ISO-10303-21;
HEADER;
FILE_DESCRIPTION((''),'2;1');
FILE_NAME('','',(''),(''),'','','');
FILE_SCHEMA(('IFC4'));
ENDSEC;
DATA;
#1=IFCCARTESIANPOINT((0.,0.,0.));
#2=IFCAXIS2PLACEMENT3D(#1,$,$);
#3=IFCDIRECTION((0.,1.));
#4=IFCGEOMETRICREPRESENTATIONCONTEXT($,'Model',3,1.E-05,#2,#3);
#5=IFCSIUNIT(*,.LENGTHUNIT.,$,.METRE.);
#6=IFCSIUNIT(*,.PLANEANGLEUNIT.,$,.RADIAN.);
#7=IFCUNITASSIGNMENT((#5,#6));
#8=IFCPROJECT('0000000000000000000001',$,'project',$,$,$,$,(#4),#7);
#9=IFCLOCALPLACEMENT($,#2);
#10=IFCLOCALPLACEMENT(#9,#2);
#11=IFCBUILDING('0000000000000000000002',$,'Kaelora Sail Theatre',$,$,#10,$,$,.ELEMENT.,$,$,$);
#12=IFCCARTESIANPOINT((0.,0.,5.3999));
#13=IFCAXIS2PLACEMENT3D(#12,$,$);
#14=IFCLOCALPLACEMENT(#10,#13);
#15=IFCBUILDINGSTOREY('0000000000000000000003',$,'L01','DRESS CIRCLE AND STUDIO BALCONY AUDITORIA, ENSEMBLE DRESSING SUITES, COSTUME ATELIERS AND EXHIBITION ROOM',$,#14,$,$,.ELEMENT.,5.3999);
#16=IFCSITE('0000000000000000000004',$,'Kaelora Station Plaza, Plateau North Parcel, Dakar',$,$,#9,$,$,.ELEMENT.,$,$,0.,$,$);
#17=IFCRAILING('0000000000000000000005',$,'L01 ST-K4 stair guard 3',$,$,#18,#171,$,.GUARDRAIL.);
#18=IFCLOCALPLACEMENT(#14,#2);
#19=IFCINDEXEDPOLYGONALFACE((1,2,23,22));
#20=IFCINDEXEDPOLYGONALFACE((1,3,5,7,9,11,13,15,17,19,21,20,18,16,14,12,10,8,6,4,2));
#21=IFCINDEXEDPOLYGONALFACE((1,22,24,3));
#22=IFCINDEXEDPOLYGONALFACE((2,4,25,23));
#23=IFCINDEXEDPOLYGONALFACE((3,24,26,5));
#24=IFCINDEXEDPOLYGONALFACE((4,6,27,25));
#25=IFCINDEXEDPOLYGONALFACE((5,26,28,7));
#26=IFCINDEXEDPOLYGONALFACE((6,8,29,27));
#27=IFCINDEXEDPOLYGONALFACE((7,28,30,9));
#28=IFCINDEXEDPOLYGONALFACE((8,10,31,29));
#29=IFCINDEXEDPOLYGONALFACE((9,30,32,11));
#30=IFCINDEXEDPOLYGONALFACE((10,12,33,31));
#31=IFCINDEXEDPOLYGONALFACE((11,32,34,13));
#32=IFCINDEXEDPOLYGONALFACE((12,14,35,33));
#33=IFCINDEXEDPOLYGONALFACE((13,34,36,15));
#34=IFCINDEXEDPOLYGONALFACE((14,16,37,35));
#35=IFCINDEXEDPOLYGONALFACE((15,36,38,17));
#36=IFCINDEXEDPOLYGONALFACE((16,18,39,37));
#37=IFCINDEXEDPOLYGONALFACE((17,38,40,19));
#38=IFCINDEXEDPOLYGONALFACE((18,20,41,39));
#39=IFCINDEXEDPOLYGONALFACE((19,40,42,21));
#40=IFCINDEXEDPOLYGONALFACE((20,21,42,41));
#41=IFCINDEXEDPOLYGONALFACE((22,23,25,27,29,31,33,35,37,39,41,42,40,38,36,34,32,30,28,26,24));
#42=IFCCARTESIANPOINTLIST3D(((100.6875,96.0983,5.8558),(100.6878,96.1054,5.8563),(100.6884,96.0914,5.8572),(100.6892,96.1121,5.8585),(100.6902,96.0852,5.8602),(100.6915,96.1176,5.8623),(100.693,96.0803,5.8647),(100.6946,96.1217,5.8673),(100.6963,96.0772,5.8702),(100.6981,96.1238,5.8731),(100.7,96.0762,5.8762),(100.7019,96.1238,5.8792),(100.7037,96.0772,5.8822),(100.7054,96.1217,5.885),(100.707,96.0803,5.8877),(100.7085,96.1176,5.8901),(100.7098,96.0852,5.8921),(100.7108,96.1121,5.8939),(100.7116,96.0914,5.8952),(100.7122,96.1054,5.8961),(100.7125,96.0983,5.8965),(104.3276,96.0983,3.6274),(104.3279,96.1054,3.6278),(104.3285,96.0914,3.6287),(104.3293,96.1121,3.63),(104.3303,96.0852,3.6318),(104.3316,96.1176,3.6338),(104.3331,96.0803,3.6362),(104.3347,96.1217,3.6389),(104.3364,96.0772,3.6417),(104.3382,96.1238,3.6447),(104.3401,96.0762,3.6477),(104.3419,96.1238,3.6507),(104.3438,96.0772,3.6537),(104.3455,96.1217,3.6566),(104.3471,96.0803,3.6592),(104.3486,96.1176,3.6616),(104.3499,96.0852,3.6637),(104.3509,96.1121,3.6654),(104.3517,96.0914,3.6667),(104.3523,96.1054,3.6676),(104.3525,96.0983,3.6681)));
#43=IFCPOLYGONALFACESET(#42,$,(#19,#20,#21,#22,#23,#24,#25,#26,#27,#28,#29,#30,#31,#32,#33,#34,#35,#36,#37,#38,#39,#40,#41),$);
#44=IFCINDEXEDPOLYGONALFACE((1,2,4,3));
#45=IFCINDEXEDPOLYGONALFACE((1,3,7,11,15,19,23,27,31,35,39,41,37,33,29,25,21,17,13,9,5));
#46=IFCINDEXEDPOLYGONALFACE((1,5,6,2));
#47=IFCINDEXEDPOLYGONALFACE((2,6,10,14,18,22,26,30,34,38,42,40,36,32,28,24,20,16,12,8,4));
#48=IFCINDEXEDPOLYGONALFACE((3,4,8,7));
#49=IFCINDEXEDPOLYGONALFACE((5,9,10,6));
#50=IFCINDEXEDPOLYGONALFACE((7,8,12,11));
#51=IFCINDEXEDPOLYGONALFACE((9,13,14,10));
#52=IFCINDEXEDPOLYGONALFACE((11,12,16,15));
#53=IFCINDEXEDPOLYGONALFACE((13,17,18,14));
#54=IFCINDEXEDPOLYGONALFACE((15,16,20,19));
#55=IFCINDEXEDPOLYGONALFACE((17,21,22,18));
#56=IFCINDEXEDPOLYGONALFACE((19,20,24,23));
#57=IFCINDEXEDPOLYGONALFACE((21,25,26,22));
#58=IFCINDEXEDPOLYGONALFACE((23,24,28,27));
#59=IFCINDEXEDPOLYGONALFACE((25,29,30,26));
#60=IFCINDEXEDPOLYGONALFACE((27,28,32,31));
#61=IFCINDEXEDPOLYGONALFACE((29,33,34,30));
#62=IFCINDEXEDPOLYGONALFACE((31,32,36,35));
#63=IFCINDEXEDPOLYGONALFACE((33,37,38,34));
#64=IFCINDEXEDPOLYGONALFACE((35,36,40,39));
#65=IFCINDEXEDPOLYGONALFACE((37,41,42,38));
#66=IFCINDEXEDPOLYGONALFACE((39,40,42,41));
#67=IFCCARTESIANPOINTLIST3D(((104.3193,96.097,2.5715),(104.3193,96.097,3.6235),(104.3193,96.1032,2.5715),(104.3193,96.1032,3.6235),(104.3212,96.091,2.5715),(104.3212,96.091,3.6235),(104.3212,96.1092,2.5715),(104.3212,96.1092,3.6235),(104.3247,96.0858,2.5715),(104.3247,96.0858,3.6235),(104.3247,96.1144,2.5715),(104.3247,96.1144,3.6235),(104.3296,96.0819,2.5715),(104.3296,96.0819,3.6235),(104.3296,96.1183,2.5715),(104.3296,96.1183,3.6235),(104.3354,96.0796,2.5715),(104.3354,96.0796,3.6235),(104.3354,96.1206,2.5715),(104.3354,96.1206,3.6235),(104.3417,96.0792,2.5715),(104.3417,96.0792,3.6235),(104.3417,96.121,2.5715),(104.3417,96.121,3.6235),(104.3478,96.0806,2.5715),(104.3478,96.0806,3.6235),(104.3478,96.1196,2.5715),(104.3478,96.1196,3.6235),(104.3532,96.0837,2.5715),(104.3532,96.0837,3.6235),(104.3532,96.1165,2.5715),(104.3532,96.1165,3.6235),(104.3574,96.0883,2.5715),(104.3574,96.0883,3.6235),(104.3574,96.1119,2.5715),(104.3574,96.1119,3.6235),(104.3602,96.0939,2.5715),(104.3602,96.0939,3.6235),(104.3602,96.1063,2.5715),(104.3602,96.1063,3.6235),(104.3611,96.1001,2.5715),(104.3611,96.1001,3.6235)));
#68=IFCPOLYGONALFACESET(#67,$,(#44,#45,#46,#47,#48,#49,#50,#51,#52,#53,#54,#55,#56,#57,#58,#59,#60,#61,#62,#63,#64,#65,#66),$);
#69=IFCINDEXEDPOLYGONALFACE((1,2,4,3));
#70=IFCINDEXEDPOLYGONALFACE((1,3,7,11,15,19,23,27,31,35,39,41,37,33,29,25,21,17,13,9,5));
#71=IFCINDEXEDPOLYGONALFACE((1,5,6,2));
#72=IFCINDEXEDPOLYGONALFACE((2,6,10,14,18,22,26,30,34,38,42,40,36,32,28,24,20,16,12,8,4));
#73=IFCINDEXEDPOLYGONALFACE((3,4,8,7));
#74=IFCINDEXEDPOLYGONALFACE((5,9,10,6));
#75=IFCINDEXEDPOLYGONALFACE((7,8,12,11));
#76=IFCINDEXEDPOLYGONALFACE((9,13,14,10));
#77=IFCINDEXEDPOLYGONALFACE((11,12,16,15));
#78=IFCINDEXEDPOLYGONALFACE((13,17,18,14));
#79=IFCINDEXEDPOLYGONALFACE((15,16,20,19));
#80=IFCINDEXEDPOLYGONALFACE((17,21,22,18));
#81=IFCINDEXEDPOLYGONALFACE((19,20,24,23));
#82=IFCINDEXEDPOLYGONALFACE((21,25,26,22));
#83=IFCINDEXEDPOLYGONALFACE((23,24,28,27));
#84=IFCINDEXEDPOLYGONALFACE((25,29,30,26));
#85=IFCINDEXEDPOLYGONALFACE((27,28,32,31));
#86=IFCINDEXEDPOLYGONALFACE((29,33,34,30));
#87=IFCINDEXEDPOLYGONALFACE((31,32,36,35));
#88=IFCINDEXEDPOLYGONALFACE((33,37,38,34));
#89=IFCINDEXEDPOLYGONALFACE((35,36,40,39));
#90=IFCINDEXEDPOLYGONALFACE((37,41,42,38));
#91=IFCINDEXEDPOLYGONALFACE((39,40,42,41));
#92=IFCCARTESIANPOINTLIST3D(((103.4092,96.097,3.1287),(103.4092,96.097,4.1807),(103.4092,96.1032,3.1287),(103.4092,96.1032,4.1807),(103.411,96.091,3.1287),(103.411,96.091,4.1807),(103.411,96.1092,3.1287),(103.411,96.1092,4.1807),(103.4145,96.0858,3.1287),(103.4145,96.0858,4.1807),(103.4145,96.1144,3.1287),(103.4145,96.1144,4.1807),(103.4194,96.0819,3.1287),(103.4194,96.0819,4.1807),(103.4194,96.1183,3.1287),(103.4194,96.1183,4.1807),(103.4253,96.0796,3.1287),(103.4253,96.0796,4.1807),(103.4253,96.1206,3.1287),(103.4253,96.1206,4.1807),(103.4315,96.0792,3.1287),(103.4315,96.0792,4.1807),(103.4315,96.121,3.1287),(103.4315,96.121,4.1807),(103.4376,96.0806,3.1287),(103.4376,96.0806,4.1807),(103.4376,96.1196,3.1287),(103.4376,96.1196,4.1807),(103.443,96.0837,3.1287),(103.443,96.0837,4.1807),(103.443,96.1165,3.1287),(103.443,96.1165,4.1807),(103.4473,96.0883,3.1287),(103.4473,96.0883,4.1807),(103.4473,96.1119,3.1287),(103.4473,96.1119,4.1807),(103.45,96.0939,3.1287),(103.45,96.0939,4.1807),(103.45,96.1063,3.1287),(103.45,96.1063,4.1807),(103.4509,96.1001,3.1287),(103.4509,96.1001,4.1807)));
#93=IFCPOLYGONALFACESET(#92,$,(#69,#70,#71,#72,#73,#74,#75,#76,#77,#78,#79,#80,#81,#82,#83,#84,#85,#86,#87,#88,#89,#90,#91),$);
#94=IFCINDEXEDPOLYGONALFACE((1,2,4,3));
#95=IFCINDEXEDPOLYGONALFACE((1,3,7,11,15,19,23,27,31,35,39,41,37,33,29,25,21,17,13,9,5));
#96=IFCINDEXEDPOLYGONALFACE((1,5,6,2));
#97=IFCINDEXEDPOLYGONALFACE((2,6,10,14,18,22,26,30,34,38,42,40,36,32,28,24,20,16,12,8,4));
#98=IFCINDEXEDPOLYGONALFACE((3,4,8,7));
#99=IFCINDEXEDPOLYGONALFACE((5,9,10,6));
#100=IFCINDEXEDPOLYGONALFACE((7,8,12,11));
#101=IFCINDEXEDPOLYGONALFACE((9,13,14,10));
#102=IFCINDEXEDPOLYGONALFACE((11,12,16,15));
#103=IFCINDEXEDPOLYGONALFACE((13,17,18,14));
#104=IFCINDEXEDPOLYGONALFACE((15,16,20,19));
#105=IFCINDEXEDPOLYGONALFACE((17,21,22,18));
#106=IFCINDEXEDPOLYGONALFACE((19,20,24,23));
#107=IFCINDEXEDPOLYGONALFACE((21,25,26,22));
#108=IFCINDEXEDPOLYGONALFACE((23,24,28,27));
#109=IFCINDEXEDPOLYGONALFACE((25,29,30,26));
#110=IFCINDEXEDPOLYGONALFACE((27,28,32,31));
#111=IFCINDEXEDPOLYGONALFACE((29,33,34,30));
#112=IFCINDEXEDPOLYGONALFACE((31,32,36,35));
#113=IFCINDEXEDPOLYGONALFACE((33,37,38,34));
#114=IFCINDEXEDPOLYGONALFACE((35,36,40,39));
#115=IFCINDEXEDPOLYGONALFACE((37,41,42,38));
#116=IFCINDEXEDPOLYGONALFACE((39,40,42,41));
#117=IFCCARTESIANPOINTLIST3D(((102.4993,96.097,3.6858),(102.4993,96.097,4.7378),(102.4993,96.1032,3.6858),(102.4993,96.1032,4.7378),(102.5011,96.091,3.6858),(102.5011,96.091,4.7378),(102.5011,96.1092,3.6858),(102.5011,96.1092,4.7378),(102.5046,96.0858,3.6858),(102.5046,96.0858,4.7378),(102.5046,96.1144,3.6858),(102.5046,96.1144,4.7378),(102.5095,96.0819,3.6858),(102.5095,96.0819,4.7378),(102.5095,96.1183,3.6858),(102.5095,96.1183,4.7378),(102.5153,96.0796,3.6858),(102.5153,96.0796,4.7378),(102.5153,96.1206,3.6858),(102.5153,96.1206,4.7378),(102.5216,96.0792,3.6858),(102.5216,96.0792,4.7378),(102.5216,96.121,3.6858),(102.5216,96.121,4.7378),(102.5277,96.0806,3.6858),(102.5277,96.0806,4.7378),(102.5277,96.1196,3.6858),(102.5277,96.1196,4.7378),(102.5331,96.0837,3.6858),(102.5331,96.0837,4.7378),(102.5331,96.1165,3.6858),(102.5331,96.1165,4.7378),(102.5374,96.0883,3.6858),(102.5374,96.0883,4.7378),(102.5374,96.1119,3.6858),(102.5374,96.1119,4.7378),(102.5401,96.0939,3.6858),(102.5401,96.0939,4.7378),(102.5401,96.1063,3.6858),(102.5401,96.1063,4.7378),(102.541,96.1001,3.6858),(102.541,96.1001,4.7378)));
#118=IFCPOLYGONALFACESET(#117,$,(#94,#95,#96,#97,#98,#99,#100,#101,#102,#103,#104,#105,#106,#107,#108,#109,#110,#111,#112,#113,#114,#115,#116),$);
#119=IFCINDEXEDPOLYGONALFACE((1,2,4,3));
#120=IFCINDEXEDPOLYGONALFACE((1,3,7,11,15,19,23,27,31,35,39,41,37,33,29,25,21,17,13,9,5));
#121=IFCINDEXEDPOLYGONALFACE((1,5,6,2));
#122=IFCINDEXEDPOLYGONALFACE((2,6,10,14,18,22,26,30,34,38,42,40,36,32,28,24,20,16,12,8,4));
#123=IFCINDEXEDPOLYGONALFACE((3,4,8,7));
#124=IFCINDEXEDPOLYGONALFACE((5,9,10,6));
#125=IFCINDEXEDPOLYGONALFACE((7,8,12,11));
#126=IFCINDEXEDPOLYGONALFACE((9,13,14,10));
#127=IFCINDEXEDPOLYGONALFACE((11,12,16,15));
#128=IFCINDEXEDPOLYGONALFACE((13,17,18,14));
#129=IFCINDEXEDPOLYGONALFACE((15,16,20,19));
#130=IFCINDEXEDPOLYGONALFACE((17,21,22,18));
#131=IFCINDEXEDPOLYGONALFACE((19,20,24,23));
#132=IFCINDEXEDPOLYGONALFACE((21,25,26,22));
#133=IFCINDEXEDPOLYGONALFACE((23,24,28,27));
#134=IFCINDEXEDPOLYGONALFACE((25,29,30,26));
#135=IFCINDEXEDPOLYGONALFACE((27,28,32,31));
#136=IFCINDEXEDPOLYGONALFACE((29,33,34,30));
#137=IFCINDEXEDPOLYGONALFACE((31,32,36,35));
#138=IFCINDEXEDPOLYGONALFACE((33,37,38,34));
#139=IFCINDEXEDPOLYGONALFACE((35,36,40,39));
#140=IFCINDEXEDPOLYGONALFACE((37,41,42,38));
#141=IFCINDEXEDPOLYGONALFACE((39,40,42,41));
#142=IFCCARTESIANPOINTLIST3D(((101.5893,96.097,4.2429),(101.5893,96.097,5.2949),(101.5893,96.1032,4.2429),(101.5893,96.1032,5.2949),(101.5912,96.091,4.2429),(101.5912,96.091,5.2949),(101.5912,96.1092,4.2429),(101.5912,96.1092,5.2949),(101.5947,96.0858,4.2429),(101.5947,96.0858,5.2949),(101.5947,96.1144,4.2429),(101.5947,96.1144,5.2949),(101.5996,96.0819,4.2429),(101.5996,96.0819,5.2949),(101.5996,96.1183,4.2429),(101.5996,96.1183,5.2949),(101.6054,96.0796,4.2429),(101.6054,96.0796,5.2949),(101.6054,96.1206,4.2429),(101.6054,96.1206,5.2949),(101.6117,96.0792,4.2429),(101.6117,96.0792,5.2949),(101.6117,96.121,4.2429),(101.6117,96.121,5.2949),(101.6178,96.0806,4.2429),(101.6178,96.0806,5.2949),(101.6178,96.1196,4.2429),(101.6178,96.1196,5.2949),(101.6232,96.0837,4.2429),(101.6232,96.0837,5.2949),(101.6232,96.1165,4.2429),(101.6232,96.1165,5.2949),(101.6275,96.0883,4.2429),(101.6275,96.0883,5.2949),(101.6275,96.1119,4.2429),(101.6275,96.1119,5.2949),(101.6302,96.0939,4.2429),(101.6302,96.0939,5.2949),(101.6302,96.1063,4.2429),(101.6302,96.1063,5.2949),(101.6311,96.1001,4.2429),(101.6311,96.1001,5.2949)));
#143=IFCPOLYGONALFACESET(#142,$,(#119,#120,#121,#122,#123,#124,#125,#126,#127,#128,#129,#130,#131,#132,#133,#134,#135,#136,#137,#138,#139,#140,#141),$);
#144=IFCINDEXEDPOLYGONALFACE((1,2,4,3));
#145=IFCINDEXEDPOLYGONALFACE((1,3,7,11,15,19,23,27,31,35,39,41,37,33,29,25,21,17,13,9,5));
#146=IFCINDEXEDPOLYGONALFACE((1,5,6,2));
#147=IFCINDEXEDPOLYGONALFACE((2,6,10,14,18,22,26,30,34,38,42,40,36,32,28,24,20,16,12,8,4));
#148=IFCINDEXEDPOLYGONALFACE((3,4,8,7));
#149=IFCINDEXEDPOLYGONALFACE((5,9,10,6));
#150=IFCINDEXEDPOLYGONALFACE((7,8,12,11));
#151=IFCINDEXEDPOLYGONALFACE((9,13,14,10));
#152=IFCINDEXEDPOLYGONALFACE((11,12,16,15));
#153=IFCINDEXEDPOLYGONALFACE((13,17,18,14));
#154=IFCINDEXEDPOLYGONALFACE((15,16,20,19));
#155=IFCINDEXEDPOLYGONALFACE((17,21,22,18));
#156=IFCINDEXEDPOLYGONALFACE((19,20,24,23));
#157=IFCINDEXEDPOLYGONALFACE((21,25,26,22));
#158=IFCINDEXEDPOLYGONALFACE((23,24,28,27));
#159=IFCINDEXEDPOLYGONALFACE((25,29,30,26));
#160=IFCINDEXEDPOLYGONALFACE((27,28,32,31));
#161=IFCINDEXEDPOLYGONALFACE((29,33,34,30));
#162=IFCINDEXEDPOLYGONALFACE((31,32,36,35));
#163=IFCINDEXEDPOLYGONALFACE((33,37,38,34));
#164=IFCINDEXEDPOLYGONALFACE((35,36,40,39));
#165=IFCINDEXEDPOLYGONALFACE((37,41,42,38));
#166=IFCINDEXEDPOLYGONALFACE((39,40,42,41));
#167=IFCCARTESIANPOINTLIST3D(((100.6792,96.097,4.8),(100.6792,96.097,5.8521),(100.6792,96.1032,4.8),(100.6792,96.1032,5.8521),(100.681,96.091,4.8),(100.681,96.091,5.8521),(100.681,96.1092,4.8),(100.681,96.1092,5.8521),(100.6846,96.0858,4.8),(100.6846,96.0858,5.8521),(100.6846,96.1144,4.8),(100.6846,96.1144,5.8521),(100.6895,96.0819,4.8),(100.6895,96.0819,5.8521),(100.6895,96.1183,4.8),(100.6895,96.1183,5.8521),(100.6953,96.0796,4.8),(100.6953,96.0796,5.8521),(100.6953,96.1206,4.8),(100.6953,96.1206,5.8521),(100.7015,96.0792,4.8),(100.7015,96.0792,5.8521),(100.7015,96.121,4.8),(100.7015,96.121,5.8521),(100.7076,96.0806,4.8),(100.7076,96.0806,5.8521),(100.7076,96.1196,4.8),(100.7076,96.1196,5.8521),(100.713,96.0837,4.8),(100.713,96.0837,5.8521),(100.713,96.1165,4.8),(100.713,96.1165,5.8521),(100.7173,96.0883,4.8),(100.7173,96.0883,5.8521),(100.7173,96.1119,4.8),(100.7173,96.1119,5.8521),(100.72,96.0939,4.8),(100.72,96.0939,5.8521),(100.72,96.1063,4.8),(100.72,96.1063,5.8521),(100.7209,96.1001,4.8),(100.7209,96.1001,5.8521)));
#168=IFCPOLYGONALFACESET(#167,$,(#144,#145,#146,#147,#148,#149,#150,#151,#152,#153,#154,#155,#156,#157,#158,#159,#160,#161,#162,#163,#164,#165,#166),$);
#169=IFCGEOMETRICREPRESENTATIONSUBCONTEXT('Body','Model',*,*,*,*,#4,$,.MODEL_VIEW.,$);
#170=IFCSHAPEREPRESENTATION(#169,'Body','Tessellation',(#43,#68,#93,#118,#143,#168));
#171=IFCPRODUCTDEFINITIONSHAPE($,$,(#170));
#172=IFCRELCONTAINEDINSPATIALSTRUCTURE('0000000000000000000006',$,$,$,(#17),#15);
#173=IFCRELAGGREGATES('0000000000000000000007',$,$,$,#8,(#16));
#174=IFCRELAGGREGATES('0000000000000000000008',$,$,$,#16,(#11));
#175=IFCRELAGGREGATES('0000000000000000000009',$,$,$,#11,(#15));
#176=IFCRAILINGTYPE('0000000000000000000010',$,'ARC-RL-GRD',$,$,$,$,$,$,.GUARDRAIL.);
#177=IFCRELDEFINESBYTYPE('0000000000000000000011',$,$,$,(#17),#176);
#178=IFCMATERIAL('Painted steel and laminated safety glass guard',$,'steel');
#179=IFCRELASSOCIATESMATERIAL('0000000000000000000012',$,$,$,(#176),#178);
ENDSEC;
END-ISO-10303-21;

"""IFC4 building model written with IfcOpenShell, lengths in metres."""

from ifc_helpers import new_model, si_unit, direction, frame, origin, origin_2d, place, context, subcontext, project, spatial, circle, extrude, material, type_object, element, save


model = new_model("IFC4")

# Units and contexts
model_context = context("Model", 3, precision=1e-05, world=origin(), true_north=direction((0.0, 1.0)))
body_context = subcontext(model_context, "Body", "Model", "MODEL_VIEW")
ifc_project = project(units=[si_unit("LENGTHUNIT", "METRE"), si_unit("PLANEANGLEUNIT", "RADIAN")], contexts=[model_context])

# Site, building, storey
site_placement = place(None, origin())
site = spatial("IfcSite", under=ifc_project, at=site_placement, Name="Kaelora Station Plaza, Plateau North Parcel, Dakar", CompositionType="ELEMENT", RefElevation=0.0)
building_placement = place(site_placement, origin())
building = spatial("IfcBuilding", under=site, at=building_placement, Name="Kaelora Sail Theatre", CompositionType="ELEMENT")
storey_placement = place(building_placement, frame((0.0, 0.0, 5.3999)))
storey = spatial("IfcBuildingStorey", under=building, at=storey_placement, Name="L01", Description="DRESS CIRCLE AND STUDIO BALCONY AUDITORIA, ENSEMBLE DRESSING SUITES, COSTUME ATELIERS AND EXHIBITION ROOM", CompositionType="ELEMENT", Elevation=5.3999)

# Railing
ifc_material_1 = material(Name="Painted steel and laminated safety glass guard", Category="steel")
railing_type_1 = type_object("IfcRailingType", Name="ARC-RL-GRD", PredefinedType="GUARDRAIL", material=ifc_material_1)
railing_1_placement = place(storey_placement, frame((104.3401, 96.1001, 2.5715)))
element("IfcRailing", 1, at=railing_1_placement, inside=storey, type_object=railing_type_1, Name="L01 ST-K4 stair guard 3", PredefinedType="GUARDRAIL", context=body_context, shape_type="SweptSolid", body=[
    extrude(circle(Radius=0.0239, at=origin_2d()), frame((0.0, 0.0, 1.0762), z_axis=(-0.852866, 0.0, 0.52213), x_axis=(0.0, -1.0, 0.0)), (0.0, 0.0, 1.0), 4.2681),
    extrude(circle(Radius=0.021, at=origin_2d()), origin(), (0.0, 0.0, 1.0), 1.052),
    extrude(circle(Radius=0.021, at=origin_2d()), frame((-0.9102, 0.0, 0.5571)), (0.0, 0.0, 1.0), 1.052),
    extrude(circle(Radius=0.021, at=origin_2d()), frame((-1.8201, 0.0, 1.1143)), (0.0, 0.0, 1.0), 1.052),
    extrude(circle(Radius=0.021, at=origin_2d()), frame((-2.73, 0.0, 1.6714)), (0.0, 0.0, 1.0), 1.052),
    extrude(circle(Radius=0.021, at=origin_2d()), frame((-3.6401, 0.0, 2.2285)), (0.0, 0.0, 1.0), 1.052),
])

save(model, "model.ifc")
